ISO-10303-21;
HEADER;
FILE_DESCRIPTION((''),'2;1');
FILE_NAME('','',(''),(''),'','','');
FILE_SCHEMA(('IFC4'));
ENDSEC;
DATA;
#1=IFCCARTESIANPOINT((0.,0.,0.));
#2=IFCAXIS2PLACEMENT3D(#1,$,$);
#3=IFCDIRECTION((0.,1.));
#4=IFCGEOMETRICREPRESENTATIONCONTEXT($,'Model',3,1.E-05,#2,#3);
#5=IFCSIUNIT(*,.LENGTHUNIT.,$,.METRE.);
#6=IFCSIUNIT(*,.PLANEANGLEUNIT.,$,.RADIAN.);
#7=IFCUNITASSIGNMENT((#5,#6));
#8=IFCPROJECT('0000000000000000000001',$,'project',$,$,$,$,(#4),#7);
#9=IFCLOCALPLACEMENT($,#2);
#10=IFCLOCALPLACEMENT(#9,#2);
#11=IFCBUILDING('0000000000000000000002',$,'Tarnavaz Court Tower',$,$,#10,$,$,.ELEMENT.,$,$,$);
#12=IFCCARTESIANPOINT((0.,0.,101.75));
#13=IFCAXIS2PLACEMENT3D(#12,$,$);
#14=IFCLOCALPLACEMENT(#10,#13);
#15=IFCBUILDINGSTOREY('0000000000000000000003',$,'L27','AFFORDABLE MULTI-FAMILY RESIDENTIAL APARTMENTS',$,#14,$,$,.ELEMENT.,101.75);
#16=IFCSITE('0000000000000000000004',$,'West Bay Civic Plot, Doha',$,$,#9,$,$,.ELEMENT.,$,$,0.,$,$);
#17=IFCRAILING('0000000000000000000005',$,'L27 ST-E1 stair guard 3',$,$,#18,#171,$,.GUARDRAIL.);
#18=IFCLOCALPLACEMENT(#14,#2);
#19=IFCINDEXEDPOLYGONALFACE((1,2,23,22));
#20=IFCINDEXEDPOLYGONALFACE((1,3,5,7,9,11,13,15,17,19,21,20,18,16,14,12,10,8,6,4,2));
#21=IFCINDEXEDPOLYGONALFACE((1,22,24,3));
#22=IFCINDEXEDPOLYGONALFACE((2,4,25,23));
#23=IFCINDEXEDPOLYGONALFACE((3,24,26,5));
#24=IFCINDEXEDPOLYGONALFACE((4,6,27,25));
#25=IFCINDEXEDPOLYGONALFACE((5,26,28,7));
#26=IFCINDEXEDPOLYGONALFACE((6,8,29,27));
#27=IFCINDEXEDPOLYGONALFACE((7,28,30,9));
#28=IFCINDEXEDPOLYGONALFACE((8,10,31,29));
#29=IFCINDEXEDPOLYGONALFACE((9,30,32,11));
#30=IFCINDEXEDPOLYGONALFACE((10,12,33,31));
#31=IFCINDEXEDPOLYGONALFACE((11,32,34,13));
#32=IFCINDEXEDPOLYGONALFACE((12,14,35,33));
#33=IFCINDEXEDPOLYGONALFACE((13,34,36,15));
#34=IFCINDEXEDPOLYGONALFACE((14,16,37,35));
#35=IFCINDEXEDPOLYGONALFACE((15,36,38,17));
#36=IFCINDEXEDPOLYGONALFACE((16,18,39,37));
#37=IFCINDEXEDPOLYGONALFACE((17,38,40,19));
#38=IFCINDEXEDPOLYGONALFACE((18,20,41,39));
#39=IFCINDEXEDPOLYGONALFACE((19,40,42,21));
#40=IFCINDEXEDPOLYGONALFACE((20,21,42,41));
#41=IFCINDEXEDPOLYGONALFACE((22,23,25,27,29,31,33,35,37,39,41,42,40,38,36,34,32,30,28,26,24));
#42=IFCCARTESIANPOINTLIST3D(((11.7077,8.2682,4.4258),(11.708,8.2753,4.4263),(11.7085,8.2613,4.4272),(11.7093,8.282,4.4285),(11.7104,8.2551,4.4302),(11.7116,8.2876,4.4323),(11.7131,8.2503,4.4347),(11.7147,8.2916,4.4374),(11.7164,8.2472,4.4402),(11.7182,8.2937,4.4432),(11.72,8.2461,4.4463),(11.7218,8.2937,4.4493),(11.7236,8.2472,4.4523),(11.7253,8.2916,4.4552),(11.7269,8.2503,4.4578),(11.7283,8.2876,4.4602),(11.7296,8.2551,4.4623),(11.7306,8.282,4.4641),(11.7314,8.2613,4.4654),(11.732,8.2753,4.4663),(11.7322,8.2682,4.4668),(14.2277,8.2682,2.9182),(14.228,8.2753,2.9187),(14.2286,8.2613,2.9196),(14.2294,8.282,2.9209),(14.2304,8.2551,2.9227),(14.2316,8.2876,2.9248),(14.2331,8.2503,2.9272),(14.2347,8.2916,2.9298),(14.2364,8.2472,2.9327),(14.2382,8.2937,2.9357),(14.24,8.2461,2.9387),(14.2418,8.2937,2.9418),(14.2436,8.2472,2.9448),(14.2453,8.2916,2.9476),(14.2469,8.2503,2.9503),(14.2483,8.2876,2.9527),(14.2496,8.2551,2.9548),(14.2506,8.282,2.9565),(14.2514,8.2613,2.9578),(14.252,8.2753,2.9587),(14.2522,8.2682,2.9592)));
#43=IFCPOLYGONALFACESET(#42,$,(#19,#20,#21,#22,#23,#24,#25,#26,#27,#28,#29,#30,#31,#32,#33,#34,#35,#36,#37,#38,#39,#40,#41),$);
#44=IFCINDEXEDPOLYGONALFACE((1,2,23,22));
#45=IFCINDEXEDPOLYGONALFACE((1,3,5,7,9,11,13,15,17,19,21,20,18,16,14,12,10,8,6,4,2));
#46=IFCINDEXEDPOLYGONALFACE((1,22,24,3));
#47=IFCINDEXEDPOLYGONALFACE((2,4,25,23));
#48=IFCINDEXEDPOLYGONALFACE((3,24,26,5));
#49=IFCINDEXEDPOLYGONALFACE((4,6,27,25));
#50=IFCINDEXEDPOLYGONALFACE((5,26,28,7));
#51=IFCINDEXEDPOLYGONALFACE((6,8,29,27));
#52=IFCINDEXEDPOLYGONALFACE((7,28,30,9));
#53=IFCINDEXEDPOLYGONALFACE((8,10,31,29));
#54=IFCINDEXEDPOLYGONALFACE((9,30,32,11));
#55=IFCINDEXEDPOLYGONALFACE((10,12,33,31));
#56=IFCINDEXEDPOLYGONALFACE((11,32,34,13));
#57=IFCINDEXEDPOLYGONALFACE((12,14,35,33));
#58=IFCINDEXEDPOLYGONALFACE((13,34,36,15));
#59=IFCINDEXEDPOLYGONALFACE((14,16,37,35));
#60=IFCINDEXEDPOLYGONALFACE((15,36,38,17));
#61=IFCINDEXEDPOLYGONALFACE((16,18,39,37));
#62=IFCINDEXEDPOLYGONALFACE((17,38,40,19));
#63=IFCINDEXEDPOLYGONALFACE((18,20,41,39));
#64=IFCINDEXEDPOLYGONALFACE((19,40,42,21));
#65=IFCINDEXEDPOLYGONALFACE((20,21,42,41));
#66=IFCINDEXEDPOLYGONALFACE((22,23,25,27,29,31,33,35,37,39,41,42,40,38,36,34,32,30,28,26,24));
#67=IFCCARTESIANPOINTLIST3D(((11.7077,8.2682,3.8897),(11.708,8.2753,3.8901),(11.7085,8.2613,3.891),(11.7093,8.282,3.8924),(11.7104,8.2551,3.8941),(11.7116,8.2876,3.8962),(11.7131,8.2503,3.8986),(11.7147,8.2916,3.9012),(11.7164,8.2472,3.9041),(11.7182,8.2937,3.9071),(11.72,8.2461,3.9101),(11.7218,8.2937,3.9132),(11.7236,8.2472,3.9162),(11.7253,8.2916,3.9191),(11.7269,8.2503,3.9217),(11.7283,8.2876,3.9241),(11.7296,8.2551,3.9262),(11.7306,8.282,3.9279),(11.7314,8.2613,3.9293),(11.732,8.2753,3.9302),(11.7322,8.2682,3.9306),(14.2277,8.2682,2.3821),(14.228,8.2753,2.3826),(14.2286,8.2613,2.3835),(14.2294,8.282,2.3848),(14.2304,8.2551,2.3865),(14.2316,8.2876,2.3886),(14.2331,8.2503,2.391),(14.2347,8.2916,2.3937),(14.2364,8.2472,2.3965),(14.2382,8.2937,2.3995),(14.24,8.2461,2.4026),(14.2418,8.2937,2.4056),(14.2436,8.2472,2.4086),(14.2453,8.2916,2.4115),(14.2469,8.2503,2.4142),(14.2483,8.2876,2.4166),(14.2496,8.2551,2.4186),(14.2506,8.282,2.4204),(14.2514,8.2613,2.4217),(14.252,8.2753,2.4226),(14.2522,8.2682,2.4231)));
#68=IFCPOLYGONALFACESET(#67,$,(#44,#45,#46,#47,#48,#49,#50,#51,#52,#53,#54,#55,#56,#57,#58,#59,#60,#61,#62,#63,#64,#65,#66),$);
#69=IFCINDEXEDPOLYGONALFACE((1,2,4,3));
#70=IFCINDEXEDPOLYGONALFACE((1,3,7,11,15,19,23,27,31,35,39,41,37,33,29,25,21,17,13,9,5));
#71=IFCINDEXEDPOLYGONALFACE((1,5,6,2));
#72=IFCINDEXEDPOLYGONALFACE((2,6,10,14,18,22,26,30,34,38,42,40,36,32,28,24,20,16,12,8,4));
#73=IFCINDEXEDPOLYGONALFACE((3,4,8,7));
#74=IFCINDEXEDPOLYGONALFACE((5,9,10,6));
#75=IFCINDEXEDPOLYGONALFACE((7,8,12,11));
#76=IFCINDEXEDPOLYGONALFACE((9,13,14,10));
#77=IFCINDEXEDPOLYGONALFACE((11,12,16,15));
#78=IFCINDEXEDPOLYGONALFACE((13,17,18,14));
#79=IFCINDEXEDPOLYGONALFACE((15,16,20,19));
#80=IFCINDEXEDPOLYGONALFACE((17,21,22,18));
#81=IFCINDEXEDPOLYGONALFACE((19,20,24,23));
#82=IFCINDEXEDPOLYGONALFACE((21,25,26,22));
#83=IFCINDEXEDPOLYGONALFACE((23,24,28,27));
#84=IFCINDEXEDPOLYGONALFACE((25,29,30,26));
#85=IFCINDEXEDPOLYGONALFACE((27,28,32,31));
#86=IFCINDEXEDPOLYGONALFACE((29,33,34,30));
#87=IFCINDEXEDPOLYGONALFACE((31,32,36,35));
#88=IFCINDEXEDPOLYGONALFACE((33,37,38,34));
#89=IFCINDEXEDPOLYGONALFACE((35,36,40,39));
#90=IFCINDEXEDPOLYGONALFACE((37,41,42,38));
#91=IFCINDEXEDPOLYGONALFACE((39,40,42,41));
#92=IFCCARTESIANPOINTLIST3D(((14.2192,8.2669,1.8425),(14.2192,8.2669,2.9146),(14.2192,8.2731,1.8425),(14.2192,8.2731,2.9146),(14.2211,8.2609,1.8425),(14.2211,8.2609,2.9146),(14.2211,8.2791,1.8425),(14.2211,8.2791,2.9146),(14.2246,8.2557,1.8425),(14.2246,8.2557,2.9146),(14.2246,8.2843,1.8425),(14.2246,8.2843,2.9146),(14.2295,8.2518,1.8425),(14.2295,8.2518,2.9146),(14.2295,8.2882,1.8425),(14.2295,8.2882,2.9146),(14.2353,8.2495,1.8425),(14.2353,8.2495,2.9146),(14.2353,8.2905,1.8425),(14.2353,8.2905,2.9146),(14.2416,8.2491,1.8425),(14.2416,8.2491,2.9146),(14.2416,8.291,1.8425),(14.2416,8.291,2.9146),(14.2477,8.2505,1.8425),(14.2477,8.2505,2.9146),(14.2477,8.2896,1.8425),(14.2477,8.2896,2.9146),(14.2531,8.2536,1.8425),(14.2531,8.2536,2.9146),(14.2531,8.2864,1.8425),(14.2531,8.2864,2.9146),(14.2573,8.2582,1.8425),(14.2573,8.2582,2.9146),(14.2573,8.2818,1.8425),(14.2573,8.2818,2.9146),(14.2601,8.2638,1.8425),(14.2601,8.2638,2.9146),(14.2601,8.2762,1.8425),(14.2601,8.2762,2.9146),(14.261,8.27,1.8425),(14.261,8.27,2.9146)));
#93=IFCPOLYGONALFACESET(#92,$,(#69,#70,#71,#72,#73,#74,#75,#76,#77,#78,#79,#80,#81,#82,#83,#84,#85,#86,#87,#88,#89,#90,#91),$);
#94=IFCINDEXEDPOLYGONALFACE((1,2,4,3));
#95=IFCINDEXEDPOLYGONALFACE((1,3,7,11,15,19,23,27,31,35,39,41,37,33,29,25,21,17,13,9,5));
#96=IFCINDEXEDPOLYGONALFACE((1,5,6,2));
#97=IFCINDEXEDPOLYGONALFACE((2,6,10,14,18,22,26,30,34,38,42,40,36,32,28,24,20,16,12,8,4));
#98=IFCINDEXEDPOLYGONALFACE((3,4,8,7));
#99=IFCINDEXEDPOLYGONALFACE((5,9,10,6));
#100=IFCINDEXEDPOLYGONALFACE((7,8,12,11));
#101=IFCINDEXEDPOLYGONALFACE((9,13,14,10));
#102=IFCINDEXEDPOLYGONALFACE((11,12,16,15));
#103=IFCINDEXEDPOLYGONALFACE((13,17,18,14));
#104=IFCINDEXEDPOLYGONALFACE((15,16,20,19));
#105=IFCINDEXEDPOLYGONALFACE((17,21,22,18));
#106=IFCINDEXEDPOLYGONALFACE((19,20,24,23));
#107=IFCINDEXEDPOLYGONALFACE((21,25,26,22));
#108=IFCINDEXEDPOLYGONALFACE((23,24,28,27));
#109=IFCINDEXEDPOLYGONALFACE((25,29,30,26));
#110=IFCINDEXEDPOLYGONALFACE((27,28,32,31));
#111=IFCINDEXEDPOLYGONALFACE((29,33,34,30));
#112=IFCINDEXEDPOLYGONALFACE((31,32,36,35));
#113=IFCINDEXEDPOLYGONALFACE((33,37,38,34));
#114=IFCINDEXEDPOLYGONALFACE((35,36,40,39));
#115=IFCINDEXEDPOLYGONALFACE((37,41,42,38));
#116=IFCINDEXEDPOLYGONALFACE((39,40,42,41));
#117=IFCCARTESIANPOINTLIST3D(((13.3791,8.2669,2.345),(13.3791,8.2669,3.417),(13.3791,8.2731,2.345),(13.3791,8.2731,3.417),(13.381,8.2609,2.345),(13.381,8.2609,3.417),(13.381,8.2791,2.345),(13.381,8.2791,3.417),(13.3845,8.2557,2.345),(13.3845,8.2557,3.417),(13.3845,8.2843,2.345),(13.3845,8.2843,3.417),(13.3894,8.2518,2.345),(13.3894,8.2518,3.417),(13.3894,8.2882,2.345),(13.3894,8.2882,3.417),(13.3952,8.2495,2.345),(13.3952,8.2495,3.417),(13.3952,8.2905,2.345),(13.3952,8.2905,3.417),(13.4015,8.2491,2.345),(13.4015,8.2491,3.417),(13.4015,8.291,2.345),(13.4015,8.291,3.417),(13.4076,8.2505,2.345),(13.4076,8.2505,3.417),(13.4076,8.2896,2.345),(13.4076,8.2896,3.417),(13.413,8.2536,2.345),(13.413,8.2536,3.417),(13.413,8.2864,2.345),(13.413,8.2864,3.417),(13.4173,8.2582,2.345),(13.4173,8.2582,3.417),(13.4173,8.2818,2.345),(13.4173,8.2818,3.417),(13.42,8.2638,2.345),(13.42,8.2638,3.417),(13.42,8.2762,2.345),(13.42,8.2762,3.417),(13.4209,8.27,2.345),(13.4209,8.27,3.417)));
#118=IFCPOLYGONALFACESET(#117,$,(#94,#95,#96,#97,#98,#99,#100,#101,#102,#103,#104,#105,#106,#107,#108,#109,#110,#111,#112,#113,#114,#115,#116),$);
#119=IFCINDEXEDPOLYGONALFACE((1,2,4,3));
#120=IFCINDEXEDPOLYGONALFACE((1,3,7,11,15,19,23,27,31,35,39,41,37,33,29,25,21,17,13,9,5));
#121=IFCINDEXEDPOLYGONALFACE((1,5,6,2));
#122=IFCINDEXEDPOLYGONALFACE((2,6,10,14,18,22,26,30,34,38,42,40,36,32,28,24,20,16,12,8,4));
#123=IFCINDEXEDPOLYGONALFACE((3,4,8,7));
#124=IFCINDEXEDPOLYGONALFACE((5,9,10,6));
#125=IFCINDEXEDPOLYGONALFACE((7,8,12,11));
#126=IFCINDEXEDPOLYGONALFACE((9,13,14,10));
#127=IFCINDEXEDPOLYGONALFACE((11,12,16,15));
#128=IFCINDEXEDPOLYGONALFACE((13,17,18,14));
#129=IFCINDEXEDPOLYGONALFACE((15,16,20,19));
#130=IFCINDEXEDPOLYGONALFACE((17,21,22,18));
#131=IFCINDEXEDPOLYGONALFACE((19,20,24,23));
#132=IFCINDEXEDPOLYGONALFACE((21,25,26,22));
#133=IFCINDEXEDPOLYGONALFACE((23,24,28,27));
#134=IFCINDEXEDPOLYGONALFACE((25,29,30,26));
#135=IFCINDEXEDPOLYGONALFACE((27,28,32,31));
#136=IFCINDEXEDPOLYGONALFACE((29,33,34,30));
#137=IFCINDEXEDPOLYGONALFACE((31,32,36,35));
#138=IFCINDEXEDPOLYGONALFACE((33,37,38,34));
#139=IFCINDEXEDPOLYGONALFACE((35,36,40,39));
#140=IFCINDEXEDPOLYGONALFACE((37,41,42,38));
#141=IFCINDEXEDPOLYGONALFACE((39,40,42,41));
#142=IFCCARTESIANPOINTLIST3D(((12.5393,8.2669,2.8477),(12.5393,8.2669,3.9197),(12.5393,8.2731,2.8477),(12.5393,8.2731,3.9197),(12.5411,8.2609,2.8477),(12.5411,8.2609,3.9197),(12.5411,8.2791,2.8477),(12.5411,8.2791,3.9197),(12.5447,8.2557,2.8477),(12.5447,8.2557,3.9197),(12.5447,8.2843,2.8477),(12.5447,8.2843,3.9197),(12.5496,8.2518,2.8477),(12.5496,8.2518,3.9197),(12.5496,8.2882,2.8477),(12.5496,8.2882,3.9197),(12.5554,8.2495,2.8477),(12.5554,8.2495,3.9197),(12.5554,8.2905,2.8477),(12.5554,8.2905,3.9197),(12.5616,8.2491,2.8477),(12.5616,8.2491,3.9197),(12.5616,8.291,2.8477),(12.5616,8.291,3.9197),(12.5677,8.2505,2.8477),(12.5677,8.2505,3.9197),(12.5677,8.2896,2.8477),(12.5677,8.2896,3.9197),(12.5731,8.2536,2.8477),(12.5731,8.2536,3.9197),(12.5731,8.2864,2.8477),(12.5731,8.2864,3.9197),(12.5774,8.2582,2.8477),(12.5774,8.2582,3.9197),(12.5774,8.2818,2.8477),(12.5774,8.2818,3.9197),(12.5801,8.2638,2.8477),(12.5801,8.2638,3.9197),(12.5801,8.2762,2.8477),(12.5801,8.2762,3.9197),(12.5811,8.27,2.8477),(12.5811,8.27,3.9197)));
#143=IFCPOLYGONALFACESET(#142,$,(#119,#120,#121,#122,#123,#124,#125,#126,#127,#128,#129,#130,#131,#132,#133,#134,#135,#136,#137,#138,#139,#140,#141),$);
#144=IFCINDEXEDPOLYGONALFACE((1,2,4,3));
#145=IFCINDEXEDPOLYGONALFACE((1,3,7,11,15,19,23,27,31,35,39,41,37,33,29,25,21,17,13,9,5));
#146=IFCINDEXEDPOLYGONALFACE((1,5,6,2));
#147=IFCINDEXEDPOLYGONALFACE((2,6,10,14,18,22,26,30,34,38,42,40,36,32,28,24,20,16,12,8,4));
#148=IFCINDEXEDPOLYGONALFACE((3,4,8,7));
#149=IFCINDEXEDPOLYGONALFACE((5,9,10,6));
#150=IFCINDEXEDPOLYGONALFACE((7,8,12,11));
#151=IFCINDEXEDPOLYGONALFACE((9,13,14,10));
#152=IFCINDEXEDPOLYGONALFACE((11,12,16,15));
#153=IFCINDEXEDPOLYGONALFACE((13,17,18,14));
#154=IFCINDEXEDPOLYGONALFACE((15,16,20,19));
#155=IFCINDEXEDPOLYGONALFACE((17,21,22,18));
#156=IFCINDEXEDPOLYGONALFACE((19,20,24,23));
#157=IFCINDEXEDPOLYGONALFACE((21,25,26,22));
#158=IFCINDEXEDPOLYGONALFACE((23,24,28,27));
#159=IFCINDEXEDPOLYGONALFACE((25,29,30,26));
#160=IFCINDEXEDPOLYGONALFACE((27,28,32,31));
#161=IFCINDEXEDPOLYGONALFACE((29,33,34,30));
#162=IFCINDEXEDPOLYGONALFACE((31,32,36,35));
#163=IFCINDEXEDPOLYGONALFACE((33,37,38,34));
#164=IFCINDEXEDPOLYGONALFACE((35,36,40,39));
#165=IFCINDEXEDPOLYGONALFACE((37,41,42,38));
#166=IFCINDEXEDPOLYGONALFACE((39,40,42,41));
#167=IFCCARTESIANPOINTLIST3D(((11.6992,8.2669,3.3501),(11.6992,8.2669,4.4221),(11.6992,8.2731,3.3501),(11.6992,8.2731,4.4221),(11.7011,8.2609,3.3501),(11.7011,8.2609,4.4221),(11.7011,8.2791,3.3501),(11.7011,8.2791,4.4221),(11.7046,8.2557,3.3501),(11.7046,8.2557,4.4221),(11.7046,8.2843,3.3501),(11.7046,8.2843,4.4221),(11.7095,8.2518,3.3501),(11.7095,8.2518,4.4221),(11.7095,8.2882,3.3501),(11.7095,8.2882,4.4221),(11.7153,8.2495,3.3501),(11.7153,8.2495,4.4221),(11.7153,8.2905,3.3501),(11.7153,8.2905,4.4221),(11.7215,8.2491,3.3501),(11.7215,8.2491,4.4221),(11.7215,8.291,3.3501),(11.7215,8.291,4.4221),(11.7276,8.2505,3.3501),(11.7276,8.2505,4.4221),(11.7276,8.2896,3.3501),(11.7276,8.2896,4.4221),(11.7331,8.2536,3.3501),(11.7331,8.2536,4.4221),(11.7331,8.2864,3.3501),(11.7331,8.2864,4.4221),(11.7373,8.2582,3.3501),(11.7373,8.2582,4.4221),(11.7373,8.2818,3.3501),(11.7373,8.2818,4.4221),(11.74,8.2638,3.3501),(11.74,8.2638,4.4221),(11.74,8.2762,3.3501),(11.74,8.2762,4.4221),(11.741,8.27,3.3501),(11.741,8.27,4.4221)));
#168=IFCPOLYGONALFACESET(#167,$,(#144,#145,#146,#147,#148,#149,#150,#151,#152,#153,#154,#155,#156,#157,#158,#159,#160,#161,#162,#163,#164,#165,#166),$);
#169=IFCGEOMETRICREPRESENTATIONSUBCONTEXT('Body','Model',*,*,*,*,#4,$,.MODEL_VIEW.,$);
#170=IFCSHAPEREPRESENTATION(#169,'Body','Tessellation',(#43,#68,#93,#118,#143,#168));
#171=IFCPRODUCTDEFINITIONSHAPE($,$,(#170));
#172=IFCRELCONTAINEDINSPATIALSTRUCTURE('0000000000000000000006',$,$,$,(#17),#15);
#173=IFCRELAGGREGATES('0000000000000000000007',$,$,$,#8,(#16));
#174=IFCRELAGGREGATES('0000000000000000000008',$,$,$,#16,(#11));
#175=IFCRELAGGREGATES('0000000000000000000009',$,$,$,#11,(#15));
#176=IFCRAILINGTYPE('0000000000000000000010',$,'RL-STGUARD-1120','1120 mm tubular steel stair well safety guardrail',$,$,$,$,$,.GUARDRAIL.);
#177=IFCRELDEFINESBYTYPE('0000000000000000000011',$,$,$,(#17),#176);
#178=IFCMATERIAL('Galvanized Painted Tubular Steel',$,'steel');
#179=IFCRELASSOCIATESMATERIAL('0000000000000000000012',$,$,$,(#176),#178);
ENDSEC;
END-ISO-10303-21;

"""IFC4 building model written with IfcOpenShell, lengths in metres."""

from ifc_helpers import new_model, si_unit, direction, frame, origin, origin_2d, place, context, subcontext, project, spatial, circle, extrude, material, type_object, element, save


model = new_model("IFC4")

# Units and contexts
model_context = context("Model", 3, precision=1e-05, world=origin(), true_north=direction((0.0, 1.0)))
body_context = subcontext(model_context, "Body", "Model", "MODEL_VIEW")
ifc_project = project(units=[si_unit("LENGTHUNIT", "METRE"), si_unit("PLANEANGLEUNIT", "RADIAN")], contexts=[model_context])

# Site, building, storey
site_placement = place(None, origin())
site = spatial("IfcSite", under=ifc_project, at=site_placement, Name="West Bay Civic Plot, Doha", CompositionType="ELEMENT", RefElevation=0.0)
building_placement = place(site_placement, origin())
building = spatial("IfcBuilding", under=site, at=building_placement, Name="Tarnavaz Court Tower", CompositionType="ELEMENT")
storey_placement = place(building_placement, frame((0.0, 0.0, 101.75)))
storey = spatial("IfcBuildingStorey", under=building, at=storey_placement, Name="L27", Description="AFFORDABLE MULTI-FAMILY RESIDENTIAL APARTMENTS", CompositionType="ELEMENT", Elevation=101.75)

# Railing
ifc_material_1 = material(Name="Galvanized Painted Tubular Steel", Category="steel")
railing_type_1 = type_object("IfcRailingType", Name="RL-STGUARD-1120", Description="1120 mm tubular steel stair well safety guardrail", PredefinedType="GUARDRAIL", material=ifc_material_1)
railing_1_placement = place(storey_placement, frame((14.24, 8.27, 1.8425)))
element("IfcRailing", 1, at=railing_1_placement, inside=storey, type_object=railing_type_1, Name="L27 ST-E1 stair guard 3", PredefinedType="GUARDRAIL", context=body_context, shape_type="SweptSolid", body=[
    extrude(circle(Radius=0.0239, at=origin_2d()), frame((0.0, 0.0, 1.0962), z_axis=(-0.85816, 0.0, 0.513383), x_axis=(0.0, -1.0, 0.0)), (0.0, 0.0, 1.0), 2.9365),
    extrude(circle(Radius=0.0239, at=origin_2d()), frame((0.0, 0.0, 0.5601), z_axis=(-0.85816, 0.0, 0.513383), x_axis=(0.0, -1.0, 0.0)), (0.0, 0.0, 1.0), 2.9365),
    extrude(circle(Radius=0.021, at=origin_2d()), origin(), (0.0, 0.0, 1.0), 1.072),
    extrude(circle(Radius=0.021, at=origin_2d()), frame((-0.8401, 0.0, 0.5024)), (0.0, 0.0, 1.0), 1.072),
    extrude(circle(Radius=0.021, at=origin_2d()), frame((-1.6799, 0.0, 1.0051)), (0.0, 0.0, 1.0), 1.072),
    extrude(circle(Radius=0.021, at=origin_2d()), frame((-2.52, 0.0, 1.5076)), (0.0, 0.0, 1.0), 1.072),
])

save(model, "model.ifc")
